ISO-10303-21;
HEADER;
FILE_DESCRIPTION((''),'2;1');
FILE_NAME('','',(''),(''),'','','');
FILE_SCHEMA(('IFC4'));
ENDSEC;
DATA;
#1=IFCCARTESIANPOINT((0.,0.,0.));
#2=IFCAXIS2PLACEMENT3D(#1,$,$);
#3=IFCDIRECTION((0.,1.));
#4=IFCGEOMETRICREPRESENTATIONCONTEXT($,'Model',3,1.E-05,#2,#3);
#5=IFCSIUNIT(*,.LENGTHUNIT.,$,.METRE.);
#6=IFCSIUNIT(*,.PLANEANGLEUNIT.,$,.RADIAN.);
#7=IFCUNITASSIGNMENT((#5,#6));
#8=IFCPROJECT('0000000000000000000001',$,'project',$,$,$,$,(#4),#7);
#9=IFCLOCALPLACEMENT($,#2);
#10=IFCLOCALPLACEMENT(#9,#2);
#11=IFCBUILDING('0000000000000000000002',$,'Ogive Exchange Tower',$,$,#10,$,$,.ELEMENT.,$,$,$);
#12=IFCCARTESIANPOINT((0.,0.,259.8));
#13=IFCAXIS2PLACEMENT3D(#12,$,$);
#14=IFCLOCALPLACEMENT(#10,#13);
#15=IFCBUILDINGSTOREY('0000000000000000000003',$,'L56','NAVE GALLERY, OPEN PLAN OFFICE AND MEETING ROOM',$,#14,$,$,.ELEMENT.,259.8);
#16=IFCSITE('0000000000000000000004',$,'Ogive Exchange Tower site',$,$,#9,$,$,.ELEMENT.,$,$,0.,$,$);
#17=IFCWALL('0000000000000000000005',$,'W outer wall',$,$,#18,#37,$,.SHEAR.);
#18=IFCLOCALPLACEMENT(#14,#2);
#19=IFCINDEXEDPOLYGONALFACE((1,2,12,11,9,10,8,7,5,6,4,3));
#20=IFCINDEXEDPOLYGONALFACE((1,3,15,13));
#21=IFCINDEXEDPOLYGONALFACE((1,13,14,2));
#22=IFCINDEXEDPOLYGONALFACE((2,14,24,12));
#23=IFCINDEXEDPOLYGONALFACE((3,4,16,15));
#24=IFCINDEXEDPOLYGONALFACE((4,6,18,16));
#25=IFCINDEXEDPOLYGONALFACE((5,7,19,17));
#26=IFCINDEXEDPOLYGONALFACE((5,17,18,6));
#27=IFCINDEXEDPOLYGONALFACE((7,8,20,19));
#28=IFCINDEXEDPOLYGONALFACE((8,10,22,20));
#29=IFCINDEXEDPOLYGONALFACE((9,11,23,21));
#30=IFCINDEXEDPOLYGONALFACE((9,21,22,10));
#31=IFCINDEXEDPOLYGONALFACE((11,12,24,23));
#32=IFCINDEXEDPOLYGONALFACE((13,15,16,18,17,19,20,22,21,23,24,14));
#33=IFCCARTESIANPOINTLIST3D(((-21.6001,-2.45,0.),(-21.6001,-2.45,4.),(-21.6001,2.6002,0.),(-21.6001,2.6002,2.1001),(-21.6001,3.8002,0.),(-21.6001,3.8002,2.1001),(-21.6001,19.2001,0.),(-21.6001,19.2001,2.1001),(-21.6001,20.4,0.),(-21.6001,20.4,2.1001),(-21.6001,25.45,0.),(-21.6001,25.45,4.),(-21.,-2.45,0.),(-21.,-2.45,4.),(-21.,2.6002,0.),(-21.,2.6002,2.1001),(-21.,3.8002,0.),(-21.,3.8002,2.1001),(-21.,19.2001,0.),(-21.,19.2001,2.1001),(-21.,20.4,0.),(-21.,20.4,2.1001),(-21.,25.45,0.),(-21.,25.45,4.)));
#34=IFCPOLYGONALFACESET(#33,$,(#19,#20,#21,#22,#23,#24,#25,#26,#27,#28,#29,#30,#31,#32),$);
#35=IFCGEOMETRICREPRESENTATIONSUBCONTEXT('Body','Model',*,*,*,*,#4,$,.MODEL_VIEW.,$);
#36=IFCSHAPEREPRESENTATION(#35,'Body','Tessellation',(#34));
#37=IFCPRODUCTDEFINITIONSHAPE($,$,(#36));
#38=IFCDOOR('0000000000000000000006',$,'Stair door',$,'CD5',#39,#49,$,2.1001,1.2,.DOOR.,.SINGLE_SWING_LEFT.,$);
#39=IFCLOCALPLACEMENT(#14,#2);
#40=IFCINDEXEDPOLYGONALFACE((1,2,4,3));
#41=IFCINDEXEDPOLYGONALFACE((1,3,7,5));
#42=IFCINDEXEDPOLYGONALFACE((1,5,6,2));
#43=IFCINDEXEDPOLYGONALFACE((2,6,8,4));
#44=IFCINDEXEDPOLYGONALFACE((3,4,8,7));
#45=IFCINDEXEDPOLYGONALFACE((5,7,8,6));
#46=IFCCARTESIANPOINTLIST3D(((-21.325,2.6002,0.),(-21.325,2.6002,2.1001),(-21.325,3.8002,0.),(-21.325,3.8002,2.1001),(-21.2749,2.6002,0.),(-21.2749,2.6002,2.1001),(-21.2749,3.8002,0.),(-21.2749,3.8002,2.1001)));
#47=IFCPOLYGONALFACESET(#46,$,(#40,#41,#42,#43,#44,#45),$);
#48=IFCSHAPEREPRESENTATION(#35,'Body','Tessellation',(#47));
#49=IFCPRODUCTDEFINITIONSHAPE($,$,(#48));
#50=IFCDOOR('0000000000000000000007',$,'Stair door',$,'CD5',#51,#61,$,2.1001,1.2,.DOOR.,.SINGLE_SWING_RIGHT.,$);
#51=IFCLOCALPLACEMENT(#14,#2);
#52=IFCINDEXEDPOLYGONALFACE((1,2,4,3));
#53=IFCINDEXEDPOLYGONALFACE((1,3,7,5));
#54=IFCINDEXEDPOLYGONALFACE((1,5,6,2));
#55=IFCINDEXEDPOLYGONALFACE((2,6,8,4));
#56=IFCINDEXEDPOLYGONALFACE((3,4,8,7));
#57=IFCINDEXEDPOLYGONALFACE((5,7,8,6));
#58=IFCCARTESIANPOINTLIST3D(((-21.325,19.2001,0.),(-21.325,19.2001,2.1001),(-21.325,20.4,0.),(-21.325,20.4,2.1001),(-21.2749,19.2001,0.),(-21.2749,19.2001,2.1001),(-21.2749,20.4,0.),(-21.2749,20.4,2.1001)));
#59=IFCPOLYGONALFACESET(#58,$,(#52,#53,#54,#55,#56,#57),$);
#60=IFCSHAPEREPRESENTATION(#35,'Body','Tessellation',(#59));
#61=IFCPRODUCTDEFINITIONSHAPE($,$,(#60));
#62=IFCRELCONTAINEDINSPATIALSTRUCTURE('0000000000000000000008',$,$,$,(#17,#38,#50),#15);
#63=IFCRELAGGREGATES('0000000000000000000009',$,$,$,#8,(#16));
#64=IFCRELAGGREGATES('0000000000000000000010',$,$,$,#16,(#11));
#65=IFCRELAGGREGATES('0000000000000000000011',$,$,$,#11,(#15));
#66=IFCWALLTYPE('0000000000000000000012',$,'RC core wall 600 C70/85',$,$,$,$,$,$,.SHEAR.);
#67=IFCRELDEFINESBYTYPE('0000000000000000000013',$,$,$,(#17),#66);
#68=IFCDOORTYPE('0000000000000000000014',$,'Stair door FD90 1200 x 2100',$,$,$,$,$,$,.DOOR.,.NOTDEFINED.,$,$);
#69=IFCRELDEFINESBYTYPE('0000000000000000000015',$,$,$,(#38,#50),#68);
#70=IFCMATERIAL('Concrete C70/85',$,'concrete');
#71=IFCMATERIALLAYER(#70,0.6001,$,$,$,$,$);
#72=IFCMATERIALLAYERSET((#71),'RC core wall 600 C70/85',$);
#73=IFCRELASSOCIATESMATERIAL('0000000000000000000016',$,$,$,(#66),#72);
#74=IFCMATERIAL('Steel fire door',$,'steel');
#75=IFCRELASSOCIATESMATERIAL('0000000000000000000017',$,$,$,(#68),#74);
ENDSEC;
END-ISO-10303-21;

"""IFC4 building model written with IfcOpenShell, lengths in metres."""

from ifc_helpers import new_model, si_unit, direction, frame, frame_2d, origin, place, context, subcontext, project, spatial, rectangle, extrude, material, layer, layer_set, type_object, element, fill, save


model = new_model("IFC4")

# Units and contexts
model_context = context("Model", 3, precision=1e-05, world=origin(), true_north=direction((0.0, 1.0)))
body_context = subcontext(model_context, "Body", "Model", "MODEL_VIEW")
ifc_project = project(units=[si_unit("LENGTHUNIT", "METRE"), si_unit("PLANEANGLEUNIT", "RADIAN")], contexts=[model_context])

# Site, building, storey
site_placement = place(None, origin())
site = spatial("IfcSite", under=ifc_project, at=site_placement, Name="Ogive Exchange Tower site", CompositionType="ELEMENT", RefElevation=0.0)
building_placement = place(site_placement, origin())
building = spatial("IfcBuilding", under=site, at=building_placement, Name="Ogive Exchange Tower", CompositionType="ELEMENT")
storey_placement = place(building_placement, frame((0.0, 0.0, 259.8)))
storey = spatial("IfcBuildingStorey", under=building, at=storey_placement, Name="L56", Description="NAVE GALLERY, OPEN PLAN OFFICE AND MEETING ROOM", CompositionType="ELEMENT", Elevation=259.8)

# Shared definitions
ifc_material_1 = material(Name="Concrete C70/85", Category="concrete")

# Wall, openings, doors
ifc_layer_1 = layer(ifc_material_1, 0.6001)
ifc_layer_set_1 = layer_set([ifc_layer_1], Name="RC core wall 600 C70/85")
wall_type_1 = type_object("IfcWallType", Name="RC core wall 600 C70/85", PredefinedType="SHEAR", material=ifc_layer_set_1)
wall_1_placement = place(storey_placement, frame((-21.3, -2.45, 0.0), z_axis=(0.0, 0.0, 1.0), x_axis=(0.0, 1.0, 0.0)))
wall_1 = element("IfcWall", 1, at=wall_1_placement, inside=storey, type_object=wall_type_1, Name="W outer wall", PredefinedType="SHEAR", context=body_context, shape_type="SweptSolid", body=[
    extrude(rectangle(XDim=27.8999, YDim=0.6001, at=frame_2d((13.95, 0.0))), origin(), (0.0, 0.0, 1.0), 4.0),
])
opening_1_placement = place(wall_1_placement, frame((5.05, 0.0, 0.0)))
opening_1 = element("IfcOpeningElement", 2, at=opening_1_placement, cuts=wall_1, PredefinedType="OPENING", context=body_context, shape_type="SweptSolid", body=[
    extrude(rectangle(XDim=1.2, YDim=2.1001, at=frame_2d((0.6001, 1.05))), frame((0.0, 0.3101, 0.0), z_axis=(0.0, -1.0, 0.0), x_axis=(1.0, 0.0, 0.0)), (0.0, 0.0, 1.0), 0.6201),
])
opening_2_placement = place(wall_1_placement, frame((21.6499, 0.0, 0.0)))
opening_2 = element("IfcOpeningElement", 3, at=opening_2_placement, cuts=wall_1, PredefinedType="OPENING", context=body_context, shape_type="SweptSolid", body=[
    extrude(rectangle(XDim=1.2, YDim=2.1001, at=frame_2d((0.6001, 1.05))), frame((0.0, 0.3101, 0.0), z_axis=(0.0, -1.0, 0.0), x_axis=(1.0, 0.0, 0.0)), (0.0, 0.0, 1.0), 0.6201),
])
ifc_material_2 = material(Name="Steel fire door", Category="steel")
door_type_1 = type_object("IfcDoorType", Name="Stair door FD90 1200 x 2100", OperationType="NOTDEFINED", PredefinedType="DOOR", material=ifc_material_2)
door_1_placement = place(opening_1_placement, origin())
door_1 = element("IfcDoor", 4, at=door_1_placement, inside=storey, type_object=door_type_1, Name="Stair door", ObjectType="CD5", OperationType="SINGLE_SWING_LEFT", OverallHeight=2.1001, OverallWidth=1.2, PredefinedType="DOOR", context=body_context, shape_type="SweptSolid", body=[
    extrude(rectangle(XDim=1.2, YDim=2.1001, at=frame_2d((0.6001, 1.05))), frame((0.0, 0.0249, 0.0), z_axis=(0.0, -1.0, 0.0), x_axis=(1.0, 0.0, 0.0)), (0.0, 0.0, 1.0), 0.05),
])
fill(opening_1, door_1)
door_2_placement = place(opening_2_placement, origin())
door_2 = element("IfcDoor", 5, at=door_2_placement, inside=storey, type_object=door_type_1, Name="Stair door", ObjectType="CD5", OperationType="SINGLE_SWING_RIGHT", OverallHeight=2.1001, OverallWidth=1.2, PredefinedType="DOOR", context=body_context, shape_type="SweptSolid", body=[
    extrude(rectangle(XDim=1.2, YDim=2.1001, at=frame_2d((0.6001, 1.05))), frame((0.0, 0.0249, 0.0), z_axis=(0.0, -1.0, 0.0), x_axis=(1.0, 0.0, 0.0)), (0.0, 0.0, 1.0), 0.05),
])
fill(opening_2, door_2)

save(model, "model.ifc")
